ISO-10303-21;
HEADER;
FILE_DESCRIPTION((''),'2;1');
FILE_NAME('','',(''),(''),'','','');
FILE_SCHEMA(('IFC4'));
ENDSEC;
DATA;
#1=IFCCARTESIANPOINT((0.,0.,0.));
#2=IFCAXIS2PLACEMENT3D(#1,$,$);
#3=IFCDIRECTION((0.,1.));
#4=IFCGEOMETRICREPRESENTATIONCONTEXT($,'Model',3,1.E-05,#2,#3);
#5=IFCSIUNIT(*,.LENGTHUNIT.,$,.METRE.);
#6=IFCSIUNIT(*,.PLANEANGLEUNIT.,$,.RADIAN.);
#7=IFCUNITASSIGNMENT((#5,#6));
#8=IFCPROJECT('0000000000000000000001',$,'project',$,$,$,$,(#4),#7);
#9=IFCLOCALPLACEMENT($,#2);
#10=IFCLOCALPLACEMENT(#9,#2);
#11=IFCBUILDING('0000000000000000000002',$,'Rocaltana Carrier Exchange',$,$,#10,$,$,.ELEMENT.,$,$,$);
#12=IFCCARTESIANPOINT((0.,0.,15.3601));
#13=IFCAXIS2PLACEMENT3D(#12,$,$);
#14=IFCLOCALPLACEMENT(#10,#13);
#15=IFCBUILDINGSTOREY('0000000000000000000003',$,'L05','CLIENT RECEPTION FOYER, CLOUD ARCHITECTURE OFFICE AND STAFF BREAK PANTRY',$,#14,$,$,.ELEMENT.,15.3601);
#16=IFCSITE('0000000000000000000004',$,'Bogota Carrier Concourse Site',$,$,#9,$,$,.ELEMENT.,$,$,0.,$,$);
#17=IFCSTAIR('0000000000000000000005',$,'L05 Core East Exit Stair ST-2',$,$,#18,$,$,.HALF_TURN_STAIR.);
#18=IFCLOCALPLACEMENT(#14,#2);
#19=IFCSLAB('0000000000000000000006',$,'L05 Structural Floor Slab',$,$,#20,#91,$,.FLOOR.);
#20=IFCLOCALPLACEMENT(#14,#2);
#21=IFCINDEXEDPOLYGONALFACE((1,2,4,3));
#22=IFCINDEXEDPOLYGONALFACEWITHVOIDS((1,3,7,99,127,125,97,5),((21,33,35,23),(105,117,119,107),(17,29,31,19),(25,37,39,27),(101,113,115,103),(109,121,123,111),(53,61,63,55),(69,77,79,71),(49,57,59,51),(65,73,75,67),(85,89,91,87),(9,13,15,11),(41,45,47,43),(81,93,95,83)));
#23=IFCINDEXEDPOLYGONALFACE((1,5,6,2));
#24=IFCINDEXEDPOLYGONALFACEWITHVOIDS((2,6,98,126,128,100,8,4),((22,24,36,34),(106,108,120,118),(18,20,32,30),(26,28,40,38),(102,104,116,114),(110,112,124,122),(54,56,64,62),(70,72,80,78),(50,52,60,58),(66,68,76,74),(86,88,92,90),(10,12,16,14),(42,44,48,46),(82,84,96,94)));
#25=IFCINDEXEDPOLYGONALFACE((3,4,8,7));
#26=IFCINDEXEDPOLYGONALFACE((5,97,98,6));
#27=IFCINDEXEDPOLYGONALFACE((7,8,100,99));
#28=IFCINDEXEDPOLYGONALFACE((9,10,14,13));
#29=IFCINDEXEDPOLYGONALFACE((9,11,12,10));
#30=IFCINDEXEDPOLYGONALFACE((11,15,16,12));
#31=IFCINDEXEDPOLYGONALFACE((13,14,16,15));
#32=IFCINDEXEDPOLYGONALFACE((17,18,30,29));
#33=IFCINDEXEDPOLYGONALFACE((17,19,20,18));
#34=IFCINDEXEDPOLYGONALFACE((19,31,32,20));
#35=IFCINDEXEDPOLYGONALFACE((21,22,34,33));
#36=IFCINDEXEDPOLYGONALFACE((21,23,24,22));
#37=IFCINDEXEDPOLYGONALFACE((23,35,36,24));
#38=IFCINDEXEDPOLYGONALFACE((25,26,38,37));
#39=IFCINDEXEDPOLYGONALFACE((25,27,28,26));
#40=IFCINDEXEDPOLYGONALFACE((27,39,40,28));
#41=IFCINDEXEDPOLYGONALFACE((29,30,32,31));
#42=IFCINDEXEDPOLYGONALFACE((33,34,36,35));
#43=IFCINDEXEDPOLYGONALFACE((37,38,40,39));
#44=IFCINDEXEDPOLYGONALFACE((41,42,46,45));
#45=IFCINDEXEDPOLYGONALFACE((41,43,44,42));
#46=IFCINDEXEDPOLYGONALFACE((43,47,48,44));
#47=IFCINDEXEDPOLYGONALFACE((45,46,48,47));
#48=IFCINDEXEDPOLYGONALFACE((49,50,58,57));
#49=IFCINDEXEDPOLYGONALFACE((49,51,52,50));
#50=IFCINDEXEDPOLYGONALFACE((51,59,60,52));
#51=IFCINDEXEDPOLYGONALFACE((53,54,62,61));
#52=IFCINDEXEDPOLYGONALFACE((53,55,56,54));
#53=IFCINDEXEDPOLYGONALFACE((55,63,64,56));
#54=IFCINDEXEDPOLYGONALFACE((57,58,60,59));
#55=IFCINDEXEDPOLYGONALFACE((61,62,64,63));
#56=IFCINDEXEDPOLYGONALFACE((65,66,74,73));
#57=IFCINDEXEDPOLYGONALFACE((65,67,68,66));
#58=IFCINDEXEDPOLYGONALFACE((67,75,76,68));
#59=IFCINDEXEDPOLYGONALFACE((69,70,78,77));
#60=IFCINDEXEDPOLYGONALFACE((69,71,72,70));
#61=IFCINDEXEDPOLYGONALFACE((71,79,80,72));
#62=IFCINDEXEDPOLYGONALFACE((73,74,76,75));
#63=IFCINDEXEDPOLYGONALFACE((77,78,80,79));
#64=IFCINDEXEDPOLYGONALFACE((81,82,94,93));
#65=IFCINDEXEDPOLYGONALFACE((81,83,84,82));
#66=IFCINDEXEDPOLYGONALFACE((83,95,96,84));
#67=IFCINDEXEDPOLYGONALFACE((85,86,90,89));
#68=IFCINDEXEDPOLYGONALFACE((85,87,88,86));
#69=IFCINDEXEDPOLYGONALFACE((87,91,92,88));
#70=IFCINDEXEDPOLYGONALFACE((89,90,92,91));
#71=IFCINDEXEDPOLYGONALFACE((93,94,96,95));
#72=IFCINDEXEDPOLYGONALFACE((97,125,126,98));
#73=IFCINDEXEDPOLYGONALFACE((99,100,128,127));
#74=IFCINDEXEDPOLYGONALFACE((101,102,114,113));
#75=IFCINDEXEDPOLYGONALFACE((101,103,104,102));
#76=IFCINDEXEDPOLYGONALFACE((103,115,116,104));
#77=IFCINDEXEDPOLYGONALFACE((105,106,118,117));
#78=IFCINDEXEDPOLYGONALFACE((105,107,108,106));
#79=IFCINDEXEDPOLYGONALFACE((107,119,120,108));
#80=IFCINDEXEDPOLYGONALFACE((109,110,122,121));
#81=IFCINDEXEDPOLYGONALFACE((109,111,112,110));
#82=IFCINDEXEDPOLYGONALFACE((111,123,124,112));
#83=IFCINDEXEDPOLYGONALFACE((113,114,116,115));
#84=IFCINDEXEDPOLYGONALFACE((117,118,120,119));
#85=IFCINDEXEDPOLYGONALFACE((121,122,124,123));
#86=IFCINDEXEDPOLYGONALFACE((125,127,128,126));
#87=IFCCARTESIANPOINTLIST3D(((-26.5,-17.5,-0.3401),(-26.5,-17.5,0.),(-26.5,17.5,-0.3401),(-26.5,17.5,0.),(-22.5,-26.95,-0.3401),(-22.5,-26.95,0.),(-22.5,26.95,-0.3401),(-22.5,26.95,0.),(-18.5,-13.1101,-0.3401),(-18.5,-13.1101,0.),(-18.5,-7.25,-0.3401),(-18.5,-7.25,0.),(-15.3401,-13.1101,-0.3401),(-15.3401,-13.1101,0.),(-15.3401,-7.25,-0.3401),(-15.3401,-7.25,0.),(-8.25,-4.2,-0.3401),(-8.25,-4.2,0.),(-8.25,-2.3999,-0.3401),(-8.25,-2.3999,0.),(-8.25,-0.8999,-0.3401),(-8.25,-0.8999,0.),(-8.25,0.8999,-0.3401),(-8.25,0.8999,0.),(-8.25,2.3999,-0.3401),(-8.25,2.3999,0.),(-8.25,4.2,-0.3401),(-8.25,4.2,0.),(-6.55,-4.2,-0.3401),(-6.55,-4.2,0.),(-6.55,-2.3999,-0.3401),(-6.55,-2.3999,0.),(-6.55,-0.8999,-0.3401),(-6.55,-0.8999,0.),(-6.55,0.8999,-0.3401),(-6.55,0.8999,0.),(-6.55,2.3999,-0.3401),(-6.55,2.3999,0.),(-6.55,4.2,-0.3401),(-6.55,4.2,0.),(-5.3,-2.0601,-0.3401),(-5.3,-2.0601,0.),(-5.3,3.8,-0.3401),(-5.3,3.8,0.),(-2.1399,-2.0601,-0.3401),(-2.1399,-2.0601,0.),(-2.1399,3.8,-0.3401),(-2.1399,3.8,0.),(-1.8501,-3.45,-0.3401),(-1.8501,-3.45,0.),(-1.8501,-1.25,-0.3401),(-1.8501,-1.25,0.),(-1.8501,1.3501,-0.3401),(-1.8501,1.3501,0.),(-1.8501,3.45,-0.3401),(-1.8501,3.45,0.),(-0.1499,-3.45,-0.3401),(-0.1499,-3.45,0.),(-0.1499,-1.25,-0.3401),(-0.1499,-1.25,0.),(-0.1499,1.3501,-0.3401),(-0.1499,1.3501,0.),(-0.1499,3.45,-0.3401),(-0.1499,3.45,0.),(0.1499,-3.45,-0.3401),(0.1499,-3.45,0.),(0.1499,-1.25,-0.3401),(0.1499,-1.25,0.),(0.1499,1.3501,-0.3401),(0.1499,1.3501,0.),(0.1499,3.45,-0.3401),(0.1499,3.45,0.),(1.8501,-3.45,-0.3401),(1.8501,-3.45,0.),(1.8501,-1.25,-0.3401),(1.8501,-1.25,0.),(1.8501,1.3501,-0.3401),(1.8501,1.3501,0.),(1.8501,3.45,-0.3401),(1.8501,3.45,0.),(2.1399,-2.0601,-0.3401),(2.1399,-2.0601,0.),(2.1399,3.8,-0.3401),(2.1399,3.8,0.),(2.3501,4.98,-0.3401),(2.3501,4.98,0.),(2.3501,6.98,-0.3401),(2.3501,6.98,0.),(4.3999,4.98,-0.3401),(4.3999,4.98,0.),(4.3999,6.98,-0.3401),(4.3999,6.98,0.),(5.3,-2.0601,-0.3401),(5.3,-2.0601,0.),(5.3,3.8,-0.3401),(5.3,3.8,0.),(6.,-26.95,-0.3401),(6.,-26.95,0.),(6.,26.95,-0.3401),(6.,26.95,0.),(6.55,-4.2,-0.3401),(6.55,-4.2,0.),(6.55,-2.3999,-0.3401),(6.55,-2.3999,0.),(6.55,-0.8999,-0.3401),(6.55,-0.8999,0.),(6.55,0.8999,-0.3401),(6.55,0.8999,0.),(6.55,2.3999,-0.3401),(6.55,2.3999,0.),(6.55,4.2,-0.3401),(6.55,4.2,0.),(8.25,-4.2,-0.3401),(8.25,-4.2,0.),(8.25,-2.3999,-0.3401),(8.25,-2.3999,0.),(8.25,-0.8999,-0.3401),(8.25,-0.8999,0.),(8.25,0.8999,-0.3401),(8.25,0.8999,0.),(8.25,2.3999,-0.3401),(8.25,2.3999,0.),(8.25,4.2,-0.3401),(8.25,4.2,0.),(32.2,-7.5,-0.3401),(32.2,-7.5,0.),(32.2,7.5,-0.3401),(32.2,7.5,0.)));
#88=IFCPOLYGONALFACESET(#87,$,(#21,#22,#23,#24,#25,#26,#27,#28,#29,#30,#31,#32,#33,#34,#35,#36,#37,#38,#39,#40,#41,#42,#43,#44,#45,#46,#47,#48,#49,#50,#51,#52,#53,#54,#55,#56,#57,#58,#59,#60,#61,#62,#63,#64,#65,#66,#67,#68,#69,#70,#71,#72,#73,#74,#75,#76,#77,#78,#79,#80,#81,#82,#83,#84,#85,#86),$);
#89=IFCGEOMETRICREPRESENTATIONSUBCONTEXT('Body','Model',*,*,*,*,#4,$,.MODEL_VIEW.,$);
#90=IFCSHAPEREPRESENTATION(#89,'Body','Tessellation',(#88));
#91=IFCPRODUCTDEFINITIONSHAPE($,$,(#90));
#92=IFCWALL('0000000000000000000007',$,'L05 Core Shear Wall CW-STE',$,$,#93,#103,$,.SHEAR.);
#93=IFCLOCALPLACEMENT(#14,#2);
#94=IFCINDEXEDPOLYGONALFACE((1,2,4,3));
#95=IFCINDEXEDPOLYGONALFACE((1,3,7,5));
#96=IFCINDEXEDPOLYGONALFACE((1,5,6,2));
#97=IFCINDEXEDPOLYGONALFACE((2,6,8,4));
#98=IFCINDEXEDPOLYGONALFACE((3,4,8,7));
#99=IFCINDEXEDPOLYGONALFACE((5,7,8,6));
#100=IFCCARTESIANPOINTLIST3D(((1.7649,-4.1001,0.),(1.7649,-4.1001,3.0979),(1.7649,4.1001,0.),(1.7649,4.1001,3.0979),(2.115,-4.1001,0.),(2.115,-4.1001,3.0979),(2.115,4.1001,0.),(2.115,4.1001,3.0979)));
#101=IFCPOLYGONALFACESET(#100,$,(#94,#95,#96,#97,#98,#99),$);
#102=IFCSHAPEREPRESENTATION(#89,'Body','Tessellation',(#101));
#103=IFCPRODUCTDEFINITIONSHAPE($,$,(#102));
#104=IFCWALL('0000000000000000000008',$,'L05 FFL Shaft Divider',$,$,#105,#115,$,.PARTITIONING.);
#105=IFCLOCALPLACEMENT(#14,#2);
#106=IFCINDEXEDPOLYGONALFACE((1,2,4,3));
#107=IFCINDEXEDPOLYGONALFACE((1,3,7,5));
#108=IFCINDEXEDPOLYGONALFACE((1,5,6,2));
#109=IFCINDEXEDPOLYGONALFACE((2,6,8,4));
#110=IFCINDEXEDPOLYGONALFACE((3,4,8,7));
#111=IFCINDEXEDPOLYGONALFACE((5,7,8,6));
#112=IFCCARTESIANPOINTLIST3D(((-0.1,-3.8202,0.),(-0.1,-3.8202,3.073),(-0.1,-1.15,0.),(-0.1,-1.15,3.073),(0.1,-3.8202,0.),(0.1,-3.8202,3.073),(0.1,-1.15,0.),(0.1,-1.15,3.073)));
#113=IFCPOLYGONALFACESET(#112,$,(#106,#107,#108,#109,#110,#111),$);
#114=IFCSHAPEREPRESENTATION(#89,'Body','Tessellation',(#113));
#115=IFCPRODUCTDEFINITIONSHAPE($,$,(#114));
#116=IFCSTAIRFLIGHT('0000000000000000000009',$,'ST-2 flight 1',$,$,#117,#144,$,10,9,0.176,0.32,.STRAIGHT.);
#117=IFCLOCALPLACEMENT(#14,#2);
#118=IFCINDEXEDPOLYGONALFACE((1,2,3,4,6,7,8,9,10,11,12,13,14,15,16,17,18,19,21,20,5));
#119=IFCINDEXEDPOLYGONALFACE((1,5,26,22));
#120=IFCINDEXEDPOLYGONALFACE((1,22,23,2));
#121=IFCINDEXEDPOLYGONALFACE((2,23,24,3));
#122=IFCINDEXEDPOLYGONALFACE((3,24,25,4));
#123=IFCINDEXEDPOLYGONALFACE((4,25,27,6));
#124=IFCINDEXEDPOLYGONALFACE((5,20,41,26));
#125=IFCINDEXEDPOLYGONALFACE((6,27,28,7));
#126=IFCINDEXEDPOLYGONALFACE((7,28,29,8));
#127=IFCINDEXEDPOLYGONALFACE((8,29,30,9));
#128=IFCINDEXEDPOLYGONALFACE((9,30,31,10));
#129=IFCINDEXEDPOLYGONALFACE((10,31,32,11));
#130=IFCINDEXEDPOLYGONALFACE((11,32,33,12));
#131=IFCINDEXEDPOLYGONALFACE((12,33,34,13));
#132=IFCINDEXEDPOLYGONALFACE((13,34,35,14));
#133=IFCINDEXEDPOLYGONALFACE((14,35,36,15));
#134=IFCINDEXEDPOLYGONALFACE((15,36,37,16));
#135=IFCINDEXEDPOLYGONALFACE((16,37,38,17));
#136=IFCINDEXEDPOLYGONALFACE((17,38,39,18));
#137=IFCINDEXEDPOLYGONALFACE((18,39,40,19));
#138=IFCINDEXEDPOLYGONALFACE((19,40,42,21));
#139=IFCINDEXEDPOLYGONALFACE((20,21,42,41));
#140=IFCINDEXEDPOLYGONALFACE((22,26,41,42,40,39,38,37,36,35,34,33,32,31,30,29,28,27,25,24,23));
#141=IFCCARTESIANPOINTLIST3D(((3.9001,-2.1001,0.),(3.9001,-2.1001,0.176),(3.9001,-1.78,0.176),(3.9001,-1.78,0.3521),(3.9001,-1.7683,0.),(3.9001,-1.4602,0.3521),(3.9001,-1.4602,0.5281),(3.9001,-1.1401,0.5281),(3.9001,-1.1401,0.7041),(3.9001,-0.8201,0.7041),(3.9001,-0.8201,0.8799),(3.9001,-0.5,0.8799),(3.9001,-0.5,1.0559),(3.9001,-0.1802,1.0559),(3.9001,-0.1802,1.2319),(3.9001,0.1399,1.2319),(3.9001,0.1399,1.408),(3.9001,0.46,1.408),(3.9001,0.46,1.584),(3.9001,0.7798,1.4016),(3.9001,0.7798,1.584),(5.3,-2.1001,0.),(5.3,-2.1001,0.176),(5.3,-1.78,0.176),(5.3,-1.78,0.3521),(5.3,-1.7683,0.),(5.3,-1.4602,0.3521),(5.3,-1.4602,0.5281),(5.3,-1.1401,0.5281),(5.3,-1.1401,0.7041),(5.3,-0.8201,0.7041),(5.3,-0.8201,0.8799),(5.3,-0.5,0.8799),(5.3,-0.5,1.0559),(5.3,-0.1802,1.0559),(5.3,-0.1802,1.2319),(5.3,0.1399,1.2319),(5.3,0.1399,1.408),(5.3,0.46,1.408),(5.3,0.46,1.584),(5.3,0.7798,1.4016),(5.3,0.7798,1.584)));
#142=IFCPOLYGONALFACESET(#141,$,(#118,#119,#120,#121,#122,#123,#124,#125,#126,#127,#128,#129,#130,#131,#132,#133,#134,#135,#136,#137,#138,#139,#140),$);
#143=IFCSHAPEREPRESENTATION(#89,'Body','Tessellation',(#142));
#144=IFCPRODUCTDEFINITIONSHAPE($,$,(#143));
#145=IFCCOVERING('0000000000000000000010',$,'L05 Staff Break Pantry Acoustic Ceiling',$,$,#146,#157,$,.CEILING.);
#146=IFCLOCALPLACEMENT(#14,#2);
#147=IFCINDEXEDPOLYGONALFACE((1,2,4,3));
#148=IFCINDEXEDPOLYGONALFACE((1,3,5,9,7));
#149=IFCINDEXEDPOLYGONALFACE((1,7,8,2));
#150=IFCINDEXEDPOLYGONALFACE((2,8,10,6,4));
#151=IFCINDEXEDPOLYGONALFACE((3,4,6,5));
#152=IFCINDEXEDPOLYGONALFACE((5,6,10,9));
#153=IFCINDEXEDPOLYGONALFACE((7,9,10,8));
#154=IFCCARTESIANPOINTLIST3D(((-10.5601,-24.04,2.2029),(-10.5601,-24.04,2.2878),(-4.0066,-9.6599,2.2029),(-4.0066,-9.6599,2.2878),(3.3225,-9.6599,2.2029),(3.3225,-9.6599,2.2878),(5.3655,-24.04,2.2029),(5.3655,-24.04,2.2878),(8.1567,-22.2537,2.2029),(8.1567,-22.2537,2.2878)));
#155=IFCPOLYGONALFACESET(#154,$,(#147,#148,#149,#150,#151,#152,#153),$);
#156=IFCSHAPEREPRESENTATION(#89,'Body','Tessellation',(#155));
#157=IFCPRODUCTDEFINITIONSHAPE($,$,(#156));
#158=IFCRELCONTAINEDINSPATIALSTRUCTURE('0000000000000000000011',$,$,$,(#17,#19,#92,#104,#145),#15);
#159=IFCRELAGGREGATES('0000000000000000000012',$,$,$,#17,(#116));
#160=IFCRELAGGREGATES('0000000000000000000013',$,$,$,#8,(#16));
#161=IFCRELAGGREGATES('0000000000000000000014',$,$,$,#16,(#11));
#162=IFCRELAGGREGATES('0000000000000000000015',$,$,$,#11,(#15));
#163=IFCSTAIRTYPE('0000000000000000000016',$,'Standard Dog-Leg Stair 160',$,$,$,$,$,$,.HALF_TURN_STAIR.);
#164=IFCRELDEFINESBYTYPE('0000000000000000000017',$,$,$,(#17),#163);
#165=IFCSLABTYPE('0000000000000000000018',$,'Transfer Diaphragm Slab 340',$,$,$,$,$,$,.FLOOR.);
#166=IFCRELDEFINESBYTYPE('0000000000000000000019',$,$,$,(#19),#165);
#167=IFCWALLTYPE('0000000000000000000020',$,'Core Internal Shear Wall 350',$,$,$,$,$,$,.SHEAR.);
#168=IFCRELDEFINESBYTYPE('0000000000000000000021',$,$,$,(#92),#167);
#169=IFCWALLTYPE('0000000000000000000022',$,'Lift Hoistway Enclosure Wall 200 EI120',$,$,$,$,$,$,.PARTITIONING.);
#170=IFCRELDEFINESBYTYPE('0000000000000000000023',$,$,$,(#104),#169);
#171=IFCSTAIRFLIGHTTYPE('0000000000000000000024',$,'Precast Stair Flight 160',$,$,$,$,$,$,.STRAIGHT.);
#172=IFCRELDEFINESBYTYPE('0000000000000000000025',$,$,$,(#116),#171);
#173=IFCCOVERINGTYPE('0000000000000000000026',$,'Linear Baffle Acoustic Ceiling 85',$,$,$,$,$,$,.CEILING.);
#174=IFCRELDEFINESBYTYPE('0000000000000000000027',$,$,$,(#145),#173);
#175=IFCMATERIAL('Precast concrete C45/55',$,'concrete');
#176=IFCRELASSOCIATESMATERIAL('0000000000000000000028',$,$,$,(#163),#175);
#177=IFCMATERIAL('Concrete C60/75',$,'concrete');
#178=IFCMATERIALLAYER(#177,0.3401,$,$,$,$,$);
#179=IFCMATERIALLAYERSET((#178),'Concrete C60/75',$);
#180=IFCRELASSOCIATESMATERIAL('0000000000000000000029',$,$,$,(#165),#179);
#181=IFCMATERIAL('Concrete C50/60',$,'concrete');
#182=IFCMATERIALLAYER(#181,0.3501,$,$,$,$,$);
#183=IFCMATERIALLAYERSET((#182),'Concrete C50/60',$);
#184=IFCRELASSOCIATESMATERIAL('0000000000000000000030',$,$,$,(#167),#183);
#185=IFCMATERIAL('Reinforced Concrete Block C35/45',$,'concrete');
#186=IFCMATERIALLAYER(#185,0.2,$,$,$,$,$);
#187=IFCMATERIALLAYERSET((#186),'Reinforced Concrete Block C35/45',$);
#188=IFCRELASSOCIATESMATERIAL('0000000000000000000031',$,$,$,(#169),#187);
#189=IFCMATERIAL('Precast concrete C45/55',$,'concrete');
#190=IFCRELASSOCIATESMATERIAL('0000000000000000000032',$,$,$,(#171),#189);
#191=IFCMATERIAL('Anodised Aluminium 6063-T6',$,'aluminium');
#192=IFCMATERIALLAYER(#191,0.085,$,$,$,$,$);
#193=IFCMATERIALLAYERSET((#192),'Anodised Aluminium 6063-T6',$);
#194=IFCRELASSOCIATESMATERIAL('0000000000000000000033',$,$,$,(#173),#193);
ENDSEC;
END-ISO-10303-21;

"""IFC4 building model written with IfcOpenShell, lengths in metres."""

from ifc_helpers import new_model, si_unit, direction, frame, frame_2d, origin, place, context, subcontext, project, spatial, polyline, rectangle, outline, extrude, material, layer, layer_set, type_object, element, aggregate, save


model = new_model("IFC4")

# Units and contexts
model_context = context("Model", 3, precision=1e-05, world=origin(), true_north=direction((0.0, 1.0)))
body_context = subcontext(model_context, "Body", "Model", "MODEL_VIEW")
ifc_project = project(units=[si_unit("LENGTHUNIT", "METRE"), si_unit("PLANEANGLEUNIT", "RADIAN")], contexts=[model_context])

# Site, building, storey
site_placement = place(None, origin())
site = spatial("IfcSite", under=ifc_project, at=site_placement, Name="Bogota Carrier Concourse Site", CompositionType="ELEMENT", RefElevation=0.0)
building_placement = place(site_placement, origin())
building = spatial("IfcBuilding", under=site, at=building_placement, Name="Rocaltana Carrier Exchange", CompositionType="ELEMENT")
storey_placement = place(building_placement, frame((0.0, 0.0, 15.3601)))
storey = spatial("IfcBuildingStorey", under=building, at=storey_placement, Name="L05", Description="CLIENT RECEPTION FOYER, CLOUD ARCHITECTURE OFFICE AND STAFF BREAK PANTRY", CompositionType="ELEMENT", Elevation=15.3601)

# Stair
ifc_material_1 = material(Name="Precast concrete C45/55", Category="concrete")
stair_type = type_object("IfcStairType", Name="Standard Dog-Leg Stair 160", PredefinedType="HALF_TURN_STAIR", material=ifc_material_1)
stair_1_placement = place(storey_placement, origin())
stair_1 = element("IfcStair", 1, at=stair_1_placement, inside=storey, type_object=stair_type, Name="L05 Core East Exit Stair ST-2", PredefinedType="HALF_TURN_STAIR")

# Slab
ifc_material_2 = material(Name="Concrete C60/75", Category="concrete")
ifc_layer_1 = layer(ifc_material_2, 0.3401)
ifc_layer_set_1 = layer_set([ifc_layer_1], Name="Concrete C60/75")
slab_type_1 = type_object("IfcSlabType", Name="Transfer Diaphragm Slab 340", PredefinedType="FLOOR", material=ifc_layer_set_1)
slab_1_placement = place(storey_placement, frame((0.0, 0.0, -0.3401)))
element("IfcSlab", 2, at=slab_1_placement, inside=storey, type_object=slab_type_1, Name="L05 Structural Floor Slab", PredefinedType="FLOOR", context=body_context, shape_type="SweptSolid", body=[
    extrude(outline(polyline([(-22.5, -26.95), (6.0, -26.95), (32.2, -7.5), (32.2, 7.5), (6.0, 26.95), (-22.5, 26.95), (-26.5, 17.5), (-26.5, -17.5), (-22.5, -26.95)]), holes=[polyline([(-5.3, -2.0601), (-2.1399, -2.0601), (-2.1399, 3.8), (-5.3, 3.8), (-5.3, -2.0601)]), polyline([(2.1399, -2.0601), (5.3, -2.0601), (5.3, 3.8), (2.1399, 3.8), (2.1399, -2.0601)]), polyline([(-18.5, -13.1101), (-15.3401, -13.1101), (-15.3401, -7.25), (-18.5, -7.25), (-18.5, -13.1101)]), polyline([(-1.8501, -3.45), (-0.1499, -3.45), (-0.1499, -1.25), (-1.8501, -1.25), (-1.8501, -3.45)]), polyline([(0.1499, -3.45), (1.8501, -3.45), (1.8501, -1.25), (0.1499, -1.25), (0.1499, -3.45)]), polyline([(2.3501, 4.98), (4.3999, 4.98), (4.3999, 6.98), (2.3501, 6.98), (2.3501, 4.98)]), polyline([(-1.8501, 1.3501), (-0.1499, 1.3501), (-0.1499, 3.45), (-1.8501, 3.45), (-1.8501, 1.3501)]), polyline([(0.1499, 1.3501), (1.8501, 1.3501), (1.8501, 3.45), (0.1499, 3.45), (0.1499, 1.3501)]), polyline([(-8.25, -4.2), (-6.55, -4.2), (-6.55, -2.3999), (-8.25, -2.3999), (-8.25, -4.2)]), polyline([(-8.25, -0.8999), (-6.55, -0.8999), (-6.55, 0.8999), (-8.25, 0.8999), (-8.25, -0.8999)]), polyline([(-8.25, 2.3999), (-6.55, 2.3999), (-6.55, 4.2), (-8.25, 4.2), (-8.25, 2.3999)]), polyline([(6.55, -4.2), (8.25, -4.2), (8.25, -2.3999), (6.55, -2.3999), (6.55, -4.2)]), polyline([(6.55, -0.8999), (8.25, -0.8999), (8.25, 0.8999), (6.55, 0.8999), (6.55, -0.8999)]), polyline([(6.55, 2.3999), (8.25, 2.3999), (8.25, 4.2), (6.55, 4.2), (6.55, 2.3999)])]), origin(), (0.0, 0.0, 1.0), 0.3401),
])

# Walls
ifc_material_3 = material(Name="Concrete C50/60", Category="concrete")
ifc_layer_2 = layer(ifc_material_3, 0.3501)
ifc_layer_set_2 = layer_set([ifc_layer_2], Name="Concrete C50/60")
wall_type_1 = type_object("IfcWallType", Name="Core Internal Shear Wall 350", PredefinedType="SHEAR", material=ifc_layer_set_2)
wall_1_placement = place(storey_placement, frame((1.9399, -4.1001, 0.0), z_axis=(0.0, 0.0, 1.0), x_axis=(0.0, 1.0, 0.0)))
element("IfcWall", 3, at=wall_1_placement, inside=storey, type_object=wall_type_1, Name="L05 Core Shear Wall CW-STE", PredefinedType="SHEAR", context=body_context, shape_type="SweptSolid", body=[
    extrude(rectangle(XDim=8.2002, YDim=0.3501, at=frame_2d((4.1001, 0.0))), origin(), (0.0, 0.0, 1.0), 3.0979),
])
ifc_material_4 = material(Name="Reinforced Concrete Block C35/45", Category="concrete")
ifc_layer_3 = layer(ifc_material_4, 0.2)
ifc_layer_set_3 = layer_set([ifc_layer_3], Name="Reinforced Concrete Block C35/45")
wall_type_2 = type_object("IfcWallType", Name="Lift Hoistway Enclosure Wall 200 EI120", PredefinedType="PARTITIONING", material=ifc_layer_set_3)
wall_2_placement = place(storey_placement, frame((0.0, -3.8201, 0.0), z_axis=(0.0, 0.0, 1.0), x_axis=(0.0, 1.0, 0.0)))
element("IfcWall", 4, at=wall_2_placement, inside=storey, type_object=wall_type_2, Name="L05 FFL Shaft Divider", PredefinedType="PARTITIONING", context=body_context, shape_type="SweptSolid", body=[
    extrude(rectangle(XDim=2.6702, YDim=0.2, at=frame_2d((1.335, 0.0))), origin(), (0.0, 0.0, 1.0), 3.073),
])

# Stair flight
ifc_material_5 = material(Name="Precast concrete C45/55", Category="concrete")
stair_flight_type = type_object("IfcStairFlightType", Name="Precast Stair Flight 160", PredefinedType="STRAIGHT", material=ifc_material_5)
stair_flight_placement = place(storey_placement, frame((4.6001, -2.1001, 0.0), z_axis=(0.0, 0.0, 1.0), x_axis=(0.0, 1.0, 0.0)))
stair_flight = element("IfcStairFlight", 5, at=stair_flight_placement, type_object=stair_flight_type, Name="ST-2 flight 1", NumberOfRisers=10, NumberOfTreads=9, PredefinedType="STRAIGHT", RiserHeight=0.176, TreadLength=0.32, context=body_context, shape_type="SweptSolid", body=[
    extrude(outline(polyline([(0.0, 0.0), (0.0, 0.176), (0.3201, 0.176), (0.3201, 0.3521), (0.6399, 0.3521), (0.6399, 0.5281), (0.96, 0.5281), (0.96, 0.7041), (1.28, 0.7041), (1.28, 0.8799), (1.6001, 0.8799), (1.6001, 1.0559), (1.9199, 1.0559), (1.9199, 1.2319), (2.24, 1.2319), (2.24, 1.408), (2.5601, 1.408), (2.5601, 1.584), (2.8799, 1.584), (2.8799, 1.76), (2.8799, 1.4016), (0.3318, 0.0), (0.0, 0.0)])), frame((0.0, 0.7, 0.0), z_axis=(0.0, -1.0, 0.0), x_axis=(1.0, 0.0, 0.0)), (0.0, 0.0, 1.0), 1.3999),
])
aggregate(stair_1, [stair_flight])

# Covering
ifc_material_6 = material(Name="Anodised Aluminium 6063-T6", Category="aluminium")
ifc_layer_4 = layer(ifc_material_6, 0.085)
ifc_layer_set_4 = layer_set([ifc_layer_4], Name="Anodised Aluminium 6063-T6")
covering_type_1 = type_object("IfcCoveringType", Name="Linear Baffle Acoustic Ceiling 85", PredefinedType="CEILING", material=ifc_layer_set_4)
covering_1_placement = place(storey_placement, frame((0.0, 0.0, 2.2029)))
element("IfcCovering", 6, at=covering_1_placement, inside=storey, type_object=covering_type_1, Name="L05 Staff Break Pantry Acoustic Ceiling", PredefinedType="CEILING", context=body_context, shape_type="SweptSolid", body=[
    extrude(outline(polyline([(5.3655, -24.04), (-10.5601, -24.04), (-4.0066, -9.6599), (3.3225, -9.6599), (8.1567, -22.2537), (5.3655, -24.04)])), origin(), (0.0, 0.0, 1.0), 0.085),
])

save(model, "model.ifc")
